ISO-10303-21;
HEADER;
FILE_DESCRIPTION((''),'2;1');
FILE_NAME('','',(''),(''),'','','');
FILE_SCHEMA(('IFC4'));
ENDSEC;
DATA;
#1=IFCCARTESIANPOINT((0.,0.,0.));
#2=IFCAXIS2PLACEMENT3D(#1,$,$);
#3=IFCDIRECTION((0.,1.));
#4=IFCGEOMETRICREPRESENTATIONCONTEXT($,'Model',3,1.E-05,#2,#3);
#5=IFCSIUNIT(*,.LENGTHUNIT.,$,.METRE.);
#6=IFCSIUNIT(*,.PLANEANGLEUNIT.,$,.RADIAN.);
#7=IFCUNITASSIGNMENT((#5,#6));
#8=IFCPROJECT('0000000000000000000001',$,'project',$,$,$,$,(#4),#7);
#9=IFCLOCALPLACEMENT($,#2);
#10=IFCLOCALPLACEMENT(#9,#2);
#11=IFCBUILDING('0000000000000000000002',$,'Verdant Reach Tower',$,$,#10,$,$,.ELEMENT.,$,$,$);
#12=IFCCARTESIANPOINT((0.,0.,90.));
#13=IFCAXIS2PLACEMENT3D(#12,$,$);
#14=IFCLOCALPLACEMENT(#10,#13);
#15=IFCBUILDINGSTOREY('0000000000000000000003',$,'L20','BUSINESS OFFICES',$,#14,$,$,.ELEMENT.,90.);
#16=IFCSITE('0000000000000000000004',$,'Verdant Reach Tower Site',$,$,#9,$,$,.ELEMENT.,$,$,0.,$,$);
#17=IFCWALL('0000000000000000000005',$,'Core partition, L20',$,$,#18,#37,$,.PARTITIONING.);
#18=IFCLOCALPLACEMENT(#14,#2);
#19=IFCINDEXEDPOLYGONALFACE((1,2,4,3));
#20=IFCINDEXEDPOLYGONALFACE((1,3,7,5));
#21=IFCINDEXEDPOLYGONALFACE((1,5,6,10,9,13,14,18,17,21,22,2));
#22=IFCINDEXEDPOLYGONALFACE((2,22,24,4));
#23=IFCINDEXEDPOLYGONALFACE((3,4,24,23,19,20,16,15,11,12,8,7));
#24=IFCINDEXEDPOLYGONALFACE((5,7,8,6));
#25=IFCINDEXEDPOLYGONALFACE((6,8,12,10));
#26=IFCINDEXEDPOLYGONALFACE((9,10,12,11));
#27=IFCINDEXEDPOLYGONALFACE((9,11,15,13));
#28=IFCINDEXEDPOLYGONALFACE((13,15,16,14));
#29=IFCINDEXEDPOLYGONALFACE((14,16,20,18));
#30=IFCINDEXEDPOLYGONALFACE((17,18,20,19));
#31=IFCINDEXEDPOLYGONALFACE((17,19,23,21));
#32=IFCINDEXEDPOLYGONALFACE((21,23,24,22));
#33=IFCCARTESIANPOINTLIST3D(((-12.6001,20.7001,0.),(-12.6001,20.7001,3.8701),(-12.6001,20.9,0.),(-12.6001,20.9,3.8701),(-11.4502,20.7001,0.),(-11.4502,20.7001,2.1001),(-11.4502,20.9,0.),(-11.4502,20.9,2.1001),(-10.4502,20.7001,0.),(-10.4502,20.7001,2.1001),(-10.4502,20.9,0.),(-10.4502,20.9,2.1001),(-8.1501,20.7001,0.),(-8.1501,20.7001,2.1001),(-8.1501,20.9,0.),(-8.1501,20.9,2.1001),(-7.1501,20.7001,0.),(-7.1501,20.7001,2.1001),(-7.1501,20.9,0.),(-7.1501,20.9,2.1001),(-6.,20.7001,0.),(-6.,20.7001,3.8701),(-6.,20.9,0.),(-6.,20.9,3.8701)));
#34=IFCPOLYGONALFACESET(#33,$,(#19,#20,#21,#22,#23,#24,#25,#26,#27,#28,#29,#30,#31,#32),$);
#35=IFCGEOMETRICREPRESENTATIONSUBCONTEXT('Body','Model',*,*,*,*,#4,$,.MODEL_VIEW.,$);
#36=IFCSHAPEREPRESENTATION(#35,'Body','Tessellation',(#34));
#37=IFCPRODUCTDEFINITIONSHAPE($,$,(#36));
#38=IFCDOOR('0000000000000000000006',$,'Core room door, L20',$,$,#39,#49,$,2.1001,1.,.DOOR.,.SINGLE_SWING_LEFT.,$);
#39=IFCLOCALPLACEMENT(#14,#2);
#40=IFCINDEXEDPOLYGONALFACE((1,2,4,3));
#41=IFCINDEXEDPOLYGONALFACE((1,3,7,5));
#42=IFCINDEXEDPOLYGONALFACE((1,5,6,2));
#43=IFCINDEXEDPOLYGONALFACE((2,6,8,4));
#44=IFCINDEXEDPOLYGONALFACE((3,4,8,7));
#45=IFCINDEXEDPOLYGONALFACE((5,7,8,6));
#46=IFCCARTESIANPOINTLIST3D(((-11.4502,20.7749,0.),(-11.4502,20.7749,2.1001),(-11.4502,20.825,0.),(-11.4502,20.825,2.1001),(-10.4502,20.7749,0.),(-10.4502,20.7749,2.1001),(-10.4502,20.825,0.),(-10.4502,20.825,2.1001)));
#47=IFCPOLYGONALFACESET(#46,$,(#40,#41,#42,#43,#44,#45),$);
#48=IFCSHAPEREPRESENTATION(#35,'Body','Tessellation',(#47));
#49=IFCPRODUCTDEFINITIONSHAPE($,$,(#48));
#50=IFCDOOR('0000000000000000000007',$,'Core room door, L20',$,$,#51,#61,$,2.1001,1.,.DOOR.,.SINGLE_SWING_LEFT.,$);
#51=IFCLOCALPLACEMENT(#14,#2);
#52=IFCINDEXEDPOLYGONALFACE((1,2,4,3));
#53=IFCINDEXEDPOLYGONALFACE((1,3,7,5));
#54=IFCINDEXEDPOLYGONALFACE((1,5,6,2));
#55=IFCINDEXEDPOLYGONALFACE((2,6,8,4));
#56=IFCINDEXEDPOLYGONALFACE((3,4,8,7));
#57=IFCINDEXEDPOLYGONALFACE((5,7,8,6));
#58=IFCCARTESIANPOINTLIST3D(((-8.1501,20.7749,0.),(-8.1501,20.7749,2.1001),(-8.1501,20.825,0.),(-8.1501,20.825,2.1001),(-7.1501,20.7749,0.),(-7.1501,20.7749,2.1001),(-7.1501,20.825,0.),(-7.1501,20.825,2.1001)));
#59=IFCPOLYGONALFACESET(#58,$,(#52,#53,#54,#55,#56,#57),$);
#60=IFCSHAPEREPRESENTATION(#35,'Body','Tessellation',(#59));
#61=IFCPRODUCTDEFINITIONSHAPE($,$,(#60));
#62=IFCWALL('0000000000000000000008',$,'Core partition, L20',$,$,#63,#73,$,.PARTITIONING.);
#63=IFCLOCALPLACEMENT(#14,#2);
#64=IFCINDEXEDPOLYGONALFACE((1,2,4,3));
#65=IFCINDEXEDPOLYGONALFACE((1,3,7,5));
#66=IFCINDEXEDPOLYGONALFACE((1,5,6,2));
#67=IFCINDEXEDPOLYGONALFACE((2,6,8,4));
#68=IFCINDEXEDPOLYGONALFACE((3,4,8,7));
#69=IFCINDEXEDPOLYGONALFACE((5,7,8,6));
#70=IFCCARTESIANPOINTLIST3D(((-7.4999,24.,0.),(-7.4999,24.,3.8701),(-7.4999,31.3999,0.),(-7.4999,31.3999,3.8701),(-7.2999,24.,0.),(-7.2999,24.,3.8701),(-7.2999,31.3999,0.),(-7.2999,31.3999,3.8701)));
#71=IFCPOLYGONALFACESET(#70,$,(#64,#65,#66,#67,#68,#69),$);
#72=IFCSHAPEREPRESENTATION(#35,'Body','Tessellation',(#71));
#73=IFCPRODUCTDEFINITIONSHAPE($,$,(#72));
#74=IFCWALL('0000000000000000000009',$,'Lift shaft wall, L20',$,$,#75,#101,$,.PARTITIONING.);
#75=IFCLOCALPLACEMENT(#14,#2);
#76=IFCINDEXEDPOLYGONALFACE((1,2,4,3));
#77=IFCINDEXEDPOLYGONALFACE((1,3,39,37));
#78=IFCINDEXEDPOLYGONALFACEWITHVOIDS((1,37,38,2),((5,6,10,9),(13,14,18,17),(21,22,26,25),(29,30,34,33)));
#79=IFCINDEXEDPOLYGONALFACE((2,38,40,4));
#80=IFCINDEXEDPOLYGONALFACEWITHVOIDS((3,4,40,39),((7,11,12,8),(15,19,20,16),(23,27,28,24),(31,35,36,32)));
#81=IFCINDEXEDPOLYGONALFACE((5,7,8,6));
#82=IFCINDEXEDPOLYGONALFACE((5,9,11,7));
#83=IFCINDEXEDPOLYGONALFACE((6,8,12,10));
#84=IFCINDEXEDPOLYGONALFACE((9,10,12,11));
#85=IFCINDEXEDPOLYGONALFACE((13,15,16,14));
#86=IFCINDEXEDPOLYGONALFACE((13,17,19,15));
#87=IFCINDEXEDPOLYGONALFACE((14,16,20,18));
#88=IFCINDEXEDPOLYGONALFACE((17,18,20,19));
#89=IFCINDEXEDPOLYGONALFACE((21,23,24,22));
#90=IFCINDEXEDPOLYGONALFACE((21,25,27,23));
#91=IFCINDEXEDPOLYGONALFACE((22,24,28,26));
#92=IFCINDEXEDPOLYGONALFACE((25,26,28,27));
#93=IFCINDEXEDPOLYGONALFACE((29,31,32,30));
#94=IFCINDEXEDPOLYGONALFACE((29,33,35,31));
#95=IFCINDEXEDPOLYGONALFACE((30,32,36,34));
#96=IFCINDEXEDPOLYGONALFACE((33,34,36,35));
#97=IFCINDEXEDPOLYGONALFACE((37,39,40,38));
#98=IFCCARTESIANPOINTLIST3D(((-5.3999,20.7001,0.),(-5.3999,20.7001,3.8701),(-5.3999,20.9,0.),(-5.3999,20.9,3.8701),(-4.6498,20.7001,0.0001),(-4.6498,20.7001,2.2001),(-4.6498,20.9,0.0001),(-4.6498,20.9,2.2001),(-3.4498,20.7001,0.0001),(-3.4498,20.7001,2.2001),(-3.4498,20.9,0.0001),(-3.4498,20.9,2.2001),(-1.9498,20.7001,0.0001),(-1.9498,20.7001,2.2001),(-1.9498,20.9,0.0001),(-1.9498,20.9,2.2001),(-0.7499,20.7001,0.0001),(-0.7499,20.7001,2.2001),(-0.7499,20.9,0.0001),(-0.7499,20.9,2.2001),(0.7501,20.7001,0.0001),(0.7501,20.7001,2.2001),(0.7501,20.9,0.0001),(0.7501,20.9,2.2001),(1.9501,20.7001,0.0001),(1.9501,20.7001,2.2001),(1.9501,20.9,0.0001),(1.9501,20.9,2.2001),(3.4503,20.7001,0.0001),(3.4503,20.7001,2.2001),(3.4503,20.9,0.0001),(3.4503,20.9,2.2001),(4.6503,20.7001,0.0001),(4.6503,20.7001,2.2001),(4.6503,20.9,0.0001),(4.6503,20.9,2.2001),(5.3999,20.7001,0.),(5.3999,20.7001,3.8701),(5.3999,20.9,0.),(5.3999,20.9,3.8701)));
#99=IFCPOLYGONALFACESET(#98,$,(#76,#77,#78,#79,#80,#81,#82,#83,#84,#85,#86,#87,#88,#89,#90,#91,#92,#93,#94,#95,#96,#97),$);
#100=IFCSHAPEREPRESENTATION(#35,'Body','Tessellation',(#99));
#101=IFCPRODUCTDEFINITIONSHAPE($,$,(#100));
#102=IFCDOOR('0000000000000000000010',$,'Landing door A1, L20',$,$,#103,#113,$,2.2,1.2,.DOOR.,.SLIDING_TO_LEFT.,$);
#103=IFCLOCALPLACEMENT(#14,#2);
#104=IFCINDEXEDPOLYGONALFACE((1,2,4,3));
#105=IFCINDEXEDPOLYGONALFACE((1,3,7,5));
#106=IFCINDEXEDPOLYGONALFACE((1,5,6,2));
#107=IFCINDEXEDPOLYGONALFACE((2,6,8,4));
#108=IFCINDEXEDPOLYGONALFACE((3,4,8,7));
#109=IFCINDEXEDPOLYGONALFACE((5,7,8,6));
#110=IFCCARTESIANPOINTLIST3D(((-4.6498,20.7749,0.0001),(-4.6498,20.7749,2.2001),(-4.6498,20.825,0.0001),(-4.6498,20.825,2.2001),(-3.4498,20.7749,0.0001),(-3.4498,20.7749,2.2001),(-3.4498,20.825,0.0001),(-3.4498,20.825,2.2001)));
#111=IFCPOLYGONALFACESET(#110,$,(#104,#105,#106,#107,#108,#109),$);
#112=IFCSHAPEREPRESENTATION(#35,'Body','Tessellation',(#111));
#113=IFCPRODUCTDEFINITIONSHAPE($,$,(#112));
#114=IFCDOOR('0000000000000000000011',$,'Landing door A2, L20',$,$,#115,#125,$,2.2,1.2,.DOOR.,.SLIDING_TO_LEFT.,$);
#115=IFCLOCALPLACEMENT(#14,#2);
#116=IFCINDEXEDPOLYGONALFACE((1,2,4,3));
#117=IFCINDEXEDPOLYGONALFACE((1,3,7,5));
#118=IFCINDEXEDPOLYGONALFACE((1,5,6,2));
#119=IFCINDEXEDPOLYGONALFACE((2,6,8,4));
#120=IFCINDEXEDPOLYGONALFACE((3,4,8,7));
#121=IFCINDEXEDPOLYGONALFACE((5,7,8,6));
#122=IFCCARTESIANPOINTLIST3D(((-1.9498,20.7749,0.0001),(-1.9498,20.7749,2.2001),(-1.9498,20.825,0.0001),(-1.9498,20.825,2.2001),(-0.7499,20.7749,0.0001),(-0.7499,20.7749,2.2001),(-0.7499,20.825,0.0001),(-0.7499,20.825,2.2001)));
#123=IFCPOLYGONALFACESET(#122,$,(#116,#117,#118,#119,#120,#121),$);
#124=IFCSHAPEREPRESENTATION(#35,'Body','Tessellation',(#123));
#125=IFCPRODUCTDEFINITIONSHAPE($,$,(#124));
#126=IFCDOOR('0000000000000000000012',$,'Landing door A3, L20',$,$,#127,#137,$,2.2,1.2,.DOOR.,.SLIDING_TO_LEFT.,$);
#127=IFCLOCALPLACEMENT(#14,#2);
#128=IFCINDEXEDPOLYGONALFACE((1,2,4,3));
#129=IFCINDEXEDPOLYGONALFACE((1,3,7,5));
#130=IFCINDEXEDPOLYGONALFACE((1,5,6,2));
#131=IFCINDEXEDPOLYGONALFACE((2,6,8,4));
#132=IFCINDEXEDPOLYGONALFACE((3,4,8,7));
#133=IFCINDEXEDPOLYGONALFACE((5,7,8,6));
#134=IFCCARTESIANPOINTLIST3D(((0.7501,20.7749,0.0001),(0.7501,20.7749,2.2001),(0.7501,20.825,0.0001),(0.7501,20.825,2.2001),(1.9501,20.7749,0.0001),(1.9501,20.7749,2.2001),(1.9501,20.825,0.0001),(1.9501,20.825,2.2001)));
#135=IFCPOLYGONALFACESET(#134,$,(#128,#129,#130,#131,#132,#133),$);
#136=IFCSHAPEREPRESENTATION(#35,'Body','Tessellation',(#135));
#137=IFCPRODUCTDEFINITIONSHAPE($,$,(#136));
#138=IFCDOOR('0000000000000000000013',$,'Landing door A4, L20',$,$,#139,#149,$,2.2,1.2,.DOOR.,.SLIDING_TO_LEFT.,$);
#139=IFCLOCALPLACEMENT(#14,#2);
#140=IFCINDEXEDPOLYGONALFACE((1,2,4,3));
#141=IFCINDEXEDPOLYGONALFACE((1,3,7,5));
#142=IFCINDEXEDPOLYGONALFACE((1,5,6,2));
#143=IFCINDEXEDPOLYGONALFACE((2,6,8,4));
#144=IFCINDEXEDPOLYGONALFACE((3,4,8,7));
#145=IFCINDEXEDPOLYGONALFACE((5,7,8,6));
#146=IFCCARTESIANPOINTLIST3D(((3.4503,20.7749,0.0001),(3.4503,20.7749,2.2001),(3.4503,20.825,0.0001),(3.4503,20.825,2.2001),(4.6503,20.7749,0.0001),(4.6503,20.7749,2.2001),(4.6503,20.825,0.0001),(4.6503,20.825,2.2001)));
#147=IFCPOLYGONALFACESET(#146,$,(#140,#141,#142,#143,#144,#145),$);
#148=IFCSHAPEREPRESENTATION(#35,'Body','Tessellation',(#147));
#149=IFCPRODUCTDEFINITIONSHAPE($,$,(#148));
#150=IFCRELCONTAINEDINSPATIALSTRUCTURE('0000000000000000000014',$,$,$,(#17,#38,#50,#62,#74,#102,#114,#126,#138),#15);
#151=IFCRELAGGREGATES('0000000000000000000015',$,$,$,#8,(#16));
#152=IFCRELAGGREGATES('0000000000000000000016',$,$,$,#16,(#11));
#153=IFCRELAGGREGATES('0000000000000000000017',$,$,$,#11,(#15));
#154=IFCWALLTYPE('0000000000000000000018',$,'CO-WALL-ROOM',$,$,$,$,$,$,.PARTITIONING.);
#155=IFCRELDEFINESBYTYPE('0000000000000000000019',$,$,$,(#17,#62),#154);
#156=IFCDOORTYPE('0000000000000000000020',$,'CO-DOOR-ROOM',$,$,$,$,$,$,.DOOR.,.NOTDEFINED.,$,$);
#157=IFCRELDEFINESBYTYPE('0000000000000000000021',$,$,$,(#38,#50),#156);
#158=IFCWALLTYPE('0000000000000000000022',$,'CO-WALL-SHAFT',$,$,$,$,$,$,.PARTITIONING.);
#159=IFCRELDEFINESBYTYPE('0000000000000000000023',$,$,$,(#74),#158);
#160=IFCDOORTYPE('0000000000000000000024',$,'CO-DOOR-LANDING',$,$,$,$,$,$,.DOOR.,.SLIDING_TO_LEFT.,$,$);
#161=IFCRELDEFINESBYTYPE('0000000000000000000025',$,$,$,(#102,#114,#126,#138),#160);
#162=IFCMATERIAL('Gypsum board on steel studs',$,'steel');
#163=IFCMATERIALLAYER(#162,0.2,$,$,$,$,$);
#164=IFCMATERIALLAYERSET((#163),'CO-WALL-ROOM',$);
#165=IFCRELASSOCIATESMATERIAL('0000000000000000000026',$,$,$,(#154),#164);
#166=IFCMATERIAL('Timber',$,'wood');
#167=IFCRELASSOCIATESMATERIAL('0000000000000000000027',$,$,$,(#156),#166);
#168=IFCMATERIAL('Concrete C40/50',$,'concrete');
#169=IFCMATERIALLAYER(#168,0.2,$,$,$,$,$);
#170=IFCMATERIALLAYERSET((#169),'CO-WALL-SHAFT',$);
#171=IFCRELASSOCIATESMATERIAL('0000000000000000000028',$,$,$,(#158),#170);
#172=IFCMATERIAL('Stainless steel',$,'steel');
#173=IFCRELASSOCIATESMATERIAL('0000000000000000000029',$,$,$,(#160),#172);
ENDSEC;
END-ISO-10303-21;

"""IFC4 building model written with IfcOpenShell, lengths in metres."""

from ifc_helpers import new_model, si_unit, direction, frame, frame_2d, origin, place, context, subcontext, project, spatial, rectangle, extrude, material, layer, layer_set, type_object, element, fill, save


model = new_model("IFC4")

# Units and contexts
model_context = context("Model", 3, precision=1e-05, world=origin(), true_north=direction((0.0, 1.0)))
body_context = subcontext(model_context, "Body", "Model", "MODEL_VIEW")
ifc_project = project(units=[si_unit("LENGTHUNIT", "METRE"), si_unit("PLANEANGLEUNIT", "RADIAN")], contexts=[model_context])

# Site, building, storey
site_placement = place(None, origin())
site = spatial("IfcSite", under=ifc_project, at=site_placement, Name="Verdant Reach Tower Site", CompositionType="ELEMENT", RefElevation=0.0)
building_placement = place(site_placement, origin())
building = spatial("IfcBuilding", under=site, at=building_placement, Name="Verdant Reach Tower", CompositionType="ELEMENT")
storey_placement = place(building_placement, frame((0.0, 0.0, 90.0)))
storey = spatial("IfcBuildingStorey", under=building, at=storey_placement, Name="L20", Description="BUSINESS OFFICES", CompositionType="ELEMENT", Elevation=90.0)

# Wall, openings, doors
ifc_material_1 = material(Name="Gypsum board on steel studs", Category="steel")
ifc_layer_1 = layer(ifc_material_1, 0.2)
ifc_layer_set_1 = layer_set([ifc_layer_1], Name="CO-WALL-ROOM")
wall_type_1 = type_object("IfcWallType", Name="CO-WALL-ROOM", PredefinedType="PARTITIONING", material=ifc_layer_set_1)
wall_1_placement = place(storey_placement, frame((-12.6001, 20.8, 0.0), z_axis=(0.0, 0.0, 1.0), x_axis=(1.0, 0.0, 0.0)))
wall_1 = element("IfcWall", 1, at=wall_1_placement, inside=storey, type_object=wall_type_1, Name="Core partition, L20", PredefinedType="PARTITIONING", context=body_context, shape_type="SweptSolid", body=[
    extrude(rectangle(XDim=6.6001, YDim=0.2, at=frame_2d((3.3, 0.0))), origin(), (0.0, 0.0, 1.0), 3.8701),
])
opening_1_placement = place(wall_1_placement, frame((1.1499, 0.0, 0.0)))
opening_1 = element("IfcOpeningElement", 2, at=opening_1_placement, cuts=wall_1, PredefinedType="OPENING", context=body_context, shape_type="SweptSolid", body=[
    extrude(rectangle(XDim=1.0, YDim=2.1001, at=frame_2d((0.5, 1.05))), frame((0.0, 0.1099, 0.0), z_axis=(0.0, -1.0, 0.0), x_axis=(1.0, 0.0, 0.0)), (0.0, 0.0, 1.0), 0.22),
])
opening_2_placement = place(wall_1_placement, frame((4.45, 0.0, 0.0)))
opening_2 = element("IfcOpeningElement", 3, at=opening_2_placement, cuts=wall_1, PredefinedType="OPENING", context=body_context, shape_type="SweptSolid", body=[
    extrude(rectangle(XDim=1.0, YDim=2.1001, at=frame_2d((0.5, 1.05))), frame((0.0, 0.1099, 0.0), z_axis=(0.0, -1.0, 0.0), x_axis=(1.0, 0.0, 0.0)), (0.0, 0.0, 1.0), 0.22),
])
ifc_material_2 = material(Name="Timber", Category="wood")
door_type_1 = type_object("IfcDoorType", Name="CO-DOOR-ROOM", OperationType="NOTDEFINED", PredefinedType="DOOR", material=ifc_material_2)
door_1_placement = place(opening_1_placement, origin())
door_1 = element("IfcDoor", 4, at=door_1_placement, inside=storey, type_object=door_type_1, Name="Core room door, L20", OperationType="SINGLE_SWING_LEFT", OverallHeight=2.1001, OverallWidth=1.0, PredefinedType="DOOR", context=body_context, shape_type="SweptSolid", body=[
    extrude(rectangle(XDim=1.0, YDim=2.1001, at=frame_2d((0.5, 1.05))), frame((0.0, 0.0249, 0.0), z_axis=(0.0, -1.0, 0.0), x_axis=(1.0, 0.0, 0.0)), (0.0, 0.0, 1.0), 0.05),
])
fill(opening_1, door_1)
door_2_placement = place(opening_2_placement, origin())
door_2 = element("IfcDoor", 5, at=door_2_placement, inside=storey, type_object=door_type_1, Name="Core room door, L20", OperationType="SINGLE_SWING_LEFT", OverallHeight=2.1001, OverallWidth=1.0, PredefinedType="DOOR", context=body_context, shape_type="SweptSolid", body=[
    extrude(rectangle(XDim=1.0, YDim=2.1001, at=frame_2d((0.5, 1.05))), frame((0.0, 0.0249, 0.0), z_axis=(0.0, -1.0, 0.0), x_axis=(1.0, 0.0, 0.0)), (0.0, 0.0, 1.0), 0.05),
])
fill(opening_2, door_2)

# Wall
wall_2_placement = place(storey_placement, frame((-7.3999, 24.0, 0.0), z_axis=(0.0, 0.0, 1.0), x_axis=(0.0, 1.0, 0.0)))
element("IfcWall", 6, at=wall_2_placement, inside=storey, type_object=wall_type_1, Name="Core partition, L20", PredefinedType="PARTITIONING", context=body_context, shape_type="SweptSolid", body=[
    extrude(rectangle(XDim=7.3999, YDim=0.2, at=frame_2d((3.7, 0.0))), origin(), (0.0, 0.0, 1.0), 3.8701),
])

# Wall, openings, doors
ifc_material_3 = material(Name="Concrete C40/50", Category="concrete")
ifc_layer_2 = layer(ifc_material_3, 0.2)
ifc_layer_set_2 = layer_set([ifc_layer_2], Name="CO-WALL-SHAFT")
wall_type_2 = type_object("IfcWallType", Name="CO-WALL-SHAFT", PredefinedType="PARTITIONING", material=ifc_layer_set_2)
wall_3_placement = place(storey_placement, frame((-5.3999, 20.8, 0.0), z_axis=(0.0, 0.0, 1.0), x_axis=(1.0, 0.0, 0.0)))
wall_3 = element("IfcWall", 7, at=wall_3_placement, inside=storey, type_object=wall_type_2, Name="Lift shaft wall, L20", PredefinedType="PARTITIONING", context=body_context, shape_type="SweptSolid", body=[
    extrude(rectangle(XDim=10.7998, YDim=0.2, at=frame_2d((5.3999, 0.0))), origin(), (0.0, 0.0, 1.0), 3.8701),
])
opening_3_placement = place(wall_3_placement, frame((0.75, 0.0, 0.0)))
opening_3 = element("IfcOpeningElement", 8, at=opening_3_placement, cuts=wall_3, PredefinedType="OPENING", context=body_context, shape_type="SweptSolid", body=[
    extrude(rectangle(XDim=1.2, YDim=2.2, at=frame_2d((0.6001, 1.1001))), frame((0.0, 0.1099, 0.0), z_axis=(0.0, -1.0, 0.0), x_axis=(1.0, 0.0, 0.0)), (0.0, 0.0, 1.0), 0.22),
])
opening_4_placement = place(wall_3_placement, frame((3.45, 0.0, 0.0)))
opening_4 = element("IfcOpeningElement", 9, at=opening_4_placement, cuts=wall_3, PredefinedType="OPENING", context=body_context, shape_type="SweptSolid", body=[
    extrude(rectangle(XDim=1.2, YDim=2.2, at=frame_2d((0.6001, 1.1001))), frame((0.0, 0.1099, 0.0), z_axis=(0.0, -1.0, 0.0), x_axis=(1.0, 0.0, 0.0)), (0.0, 0.0, 1.0), 0.22),
])
opening_5_placement = place(wall_3_placement, frame((6.1499, 0.0, 0.0)))
opening_5 = element("IfcOpeningElement", 10, at=opening_5_placement, cuts=wall_3, PredefinedType="OPENING", context=body_context, shape_type="SweptSolid", body=[
    extrude(rectangle(XDim=1.2, YDim=2.2, at=frame_2d((0.6001, 1.1001))), frame((0.0, 0.1099, 0.0), z_axis=(0.0, -1.0, 0.0), x_axis=(1.0, 0.0, 0.0)), (0.0, 0.0, 1.0), 0.22),
])
opening_6_placement = place(wall_3_placement, frame((8.8501, 0.0, 0.0)))
opening_6 = element("IfcOpeningElement", 11, at=opening_6_placement, cuts=wall_3, PredefinedType="OPENING", context=body_context, shape_type="SweptSolid", body=[
    extrude(rectangle(XDim=1.2, YDim=2.2, at=frame_2d((0.6001, 1.1001))), frame((0.0, 0.1099, 0.0), z_axis=(0.0, -1.0, 0.0), x_axis=(1.0, 0.0, 0.0)), (0.0, 0.0, 1.0), 0.22),
])
ifc_material_4 = material(Name="Stainless steel", Category="steel")
door_type_2 = type_object("IfcDoorType", Name="CO-DOOR-LANDING", OperationType="SLIDING_TO_LEFT", PredefinedType="DOOR", material=ifc_material_4)
door_3_placement = place(opening_3_placement, origin())
door_3 = element("IfcDoor", 12, at=door_3_placement, inside=storey, type_object=door_type_2, Name="Landing door A1, L20", OperationType="SLIDING_TO_LEFT", OverallHeight=2.2, OverallWidth=1.2, PredefinedType="DOOR", context=body_context, shape_type="SweptSolid", body=[
    extrude(rectangle(XDim=1.2, YDim=2.2, at=frame_2d((0.6001, 1.1001))), frame((0.0, 0.0249, 0.0), z_axis=(0.0, -1.0, 0.0), x_axis=(1.0, 0.0, 0.0)), (0.0, 0.0, 1.0), 0.05),
])
fill(opening_3, door_3)
door_4_placement = place(opening_4_placement, origin())
door_4 = element("IfcDoor", 13, at=door_4_placement, inside=storey, type_object=door_type_2, Name="Landing door A2, L20", OperationType="SLIDING_TO_LEFT", OverallHeight=2.2, OverallWidth=1.2, PredefinedType="DOOR", context=body_context, shape_type="SweptSolid", body=[
    extrude(rectangle(XDim=1.2, YDim=2.2, at=frame_2d((0.6001, 1.1001))), frame((0.0, 0.0249, 0.0), z_axis=(0.0, -1.0, 0.0), x_axis=(1.0, 0.0, 0.0)), (0.0, 0.0, 1.0), 0.05),
])
fill(opening_4, door_4)
door_5_placement = place(opening_5_placement, origin())
door_5 = element("IfcDoor", 14, at=door_5_placement, inside=storey, type_object=door_type_2, Name="Landing door A3, L20", OperationType="SLIDING_TO_LEFT", OverallHeight=2.2, OverallWidth=1.2, PredefinedType="DOOR", context=body_context, shape_type="SweptSolid", body=[
    extrude(rectangle(XDim=1.2, YDim=2.2, at=frame_2d((0.6001, 1.1001))), frame((0.0, 0.0249, 0.0), z_axis=(0.0, -1.0, 0.0), x_axis=(1.0, 0.0, 0.0)), (0.0, 0.0, 1.0), 0.05),
])
fill(opening_5, door_5)
door_6_placement = place(opening_6_placement, origin())
door_6 = element("IfcDoor", 15, at=door_6_placement, inside=storey, type_object=door_type_2, Name="Landing door A4, L20", OperationType="SLIDING_TO_LEFT", OverallHeight=2.2, OverallWidth=1.2, PredefinedType="DOOR", context=body_context, shape_type="SweptSolid", body=[
    extrude(rectangle(XDim=1.2, YDim=2.2, at=frame_2d((0.6001, 1.1001))), frame((0.0, 0.0249, 0.0), z_axis=(0.0, -1.0, 0.0), x_axis=(1.0, 0.0, 0.0)), (0.0, 0.0, 1.0), 0.05),
])
fill(opening_6, door_6)

save(model, "model.ifc")
